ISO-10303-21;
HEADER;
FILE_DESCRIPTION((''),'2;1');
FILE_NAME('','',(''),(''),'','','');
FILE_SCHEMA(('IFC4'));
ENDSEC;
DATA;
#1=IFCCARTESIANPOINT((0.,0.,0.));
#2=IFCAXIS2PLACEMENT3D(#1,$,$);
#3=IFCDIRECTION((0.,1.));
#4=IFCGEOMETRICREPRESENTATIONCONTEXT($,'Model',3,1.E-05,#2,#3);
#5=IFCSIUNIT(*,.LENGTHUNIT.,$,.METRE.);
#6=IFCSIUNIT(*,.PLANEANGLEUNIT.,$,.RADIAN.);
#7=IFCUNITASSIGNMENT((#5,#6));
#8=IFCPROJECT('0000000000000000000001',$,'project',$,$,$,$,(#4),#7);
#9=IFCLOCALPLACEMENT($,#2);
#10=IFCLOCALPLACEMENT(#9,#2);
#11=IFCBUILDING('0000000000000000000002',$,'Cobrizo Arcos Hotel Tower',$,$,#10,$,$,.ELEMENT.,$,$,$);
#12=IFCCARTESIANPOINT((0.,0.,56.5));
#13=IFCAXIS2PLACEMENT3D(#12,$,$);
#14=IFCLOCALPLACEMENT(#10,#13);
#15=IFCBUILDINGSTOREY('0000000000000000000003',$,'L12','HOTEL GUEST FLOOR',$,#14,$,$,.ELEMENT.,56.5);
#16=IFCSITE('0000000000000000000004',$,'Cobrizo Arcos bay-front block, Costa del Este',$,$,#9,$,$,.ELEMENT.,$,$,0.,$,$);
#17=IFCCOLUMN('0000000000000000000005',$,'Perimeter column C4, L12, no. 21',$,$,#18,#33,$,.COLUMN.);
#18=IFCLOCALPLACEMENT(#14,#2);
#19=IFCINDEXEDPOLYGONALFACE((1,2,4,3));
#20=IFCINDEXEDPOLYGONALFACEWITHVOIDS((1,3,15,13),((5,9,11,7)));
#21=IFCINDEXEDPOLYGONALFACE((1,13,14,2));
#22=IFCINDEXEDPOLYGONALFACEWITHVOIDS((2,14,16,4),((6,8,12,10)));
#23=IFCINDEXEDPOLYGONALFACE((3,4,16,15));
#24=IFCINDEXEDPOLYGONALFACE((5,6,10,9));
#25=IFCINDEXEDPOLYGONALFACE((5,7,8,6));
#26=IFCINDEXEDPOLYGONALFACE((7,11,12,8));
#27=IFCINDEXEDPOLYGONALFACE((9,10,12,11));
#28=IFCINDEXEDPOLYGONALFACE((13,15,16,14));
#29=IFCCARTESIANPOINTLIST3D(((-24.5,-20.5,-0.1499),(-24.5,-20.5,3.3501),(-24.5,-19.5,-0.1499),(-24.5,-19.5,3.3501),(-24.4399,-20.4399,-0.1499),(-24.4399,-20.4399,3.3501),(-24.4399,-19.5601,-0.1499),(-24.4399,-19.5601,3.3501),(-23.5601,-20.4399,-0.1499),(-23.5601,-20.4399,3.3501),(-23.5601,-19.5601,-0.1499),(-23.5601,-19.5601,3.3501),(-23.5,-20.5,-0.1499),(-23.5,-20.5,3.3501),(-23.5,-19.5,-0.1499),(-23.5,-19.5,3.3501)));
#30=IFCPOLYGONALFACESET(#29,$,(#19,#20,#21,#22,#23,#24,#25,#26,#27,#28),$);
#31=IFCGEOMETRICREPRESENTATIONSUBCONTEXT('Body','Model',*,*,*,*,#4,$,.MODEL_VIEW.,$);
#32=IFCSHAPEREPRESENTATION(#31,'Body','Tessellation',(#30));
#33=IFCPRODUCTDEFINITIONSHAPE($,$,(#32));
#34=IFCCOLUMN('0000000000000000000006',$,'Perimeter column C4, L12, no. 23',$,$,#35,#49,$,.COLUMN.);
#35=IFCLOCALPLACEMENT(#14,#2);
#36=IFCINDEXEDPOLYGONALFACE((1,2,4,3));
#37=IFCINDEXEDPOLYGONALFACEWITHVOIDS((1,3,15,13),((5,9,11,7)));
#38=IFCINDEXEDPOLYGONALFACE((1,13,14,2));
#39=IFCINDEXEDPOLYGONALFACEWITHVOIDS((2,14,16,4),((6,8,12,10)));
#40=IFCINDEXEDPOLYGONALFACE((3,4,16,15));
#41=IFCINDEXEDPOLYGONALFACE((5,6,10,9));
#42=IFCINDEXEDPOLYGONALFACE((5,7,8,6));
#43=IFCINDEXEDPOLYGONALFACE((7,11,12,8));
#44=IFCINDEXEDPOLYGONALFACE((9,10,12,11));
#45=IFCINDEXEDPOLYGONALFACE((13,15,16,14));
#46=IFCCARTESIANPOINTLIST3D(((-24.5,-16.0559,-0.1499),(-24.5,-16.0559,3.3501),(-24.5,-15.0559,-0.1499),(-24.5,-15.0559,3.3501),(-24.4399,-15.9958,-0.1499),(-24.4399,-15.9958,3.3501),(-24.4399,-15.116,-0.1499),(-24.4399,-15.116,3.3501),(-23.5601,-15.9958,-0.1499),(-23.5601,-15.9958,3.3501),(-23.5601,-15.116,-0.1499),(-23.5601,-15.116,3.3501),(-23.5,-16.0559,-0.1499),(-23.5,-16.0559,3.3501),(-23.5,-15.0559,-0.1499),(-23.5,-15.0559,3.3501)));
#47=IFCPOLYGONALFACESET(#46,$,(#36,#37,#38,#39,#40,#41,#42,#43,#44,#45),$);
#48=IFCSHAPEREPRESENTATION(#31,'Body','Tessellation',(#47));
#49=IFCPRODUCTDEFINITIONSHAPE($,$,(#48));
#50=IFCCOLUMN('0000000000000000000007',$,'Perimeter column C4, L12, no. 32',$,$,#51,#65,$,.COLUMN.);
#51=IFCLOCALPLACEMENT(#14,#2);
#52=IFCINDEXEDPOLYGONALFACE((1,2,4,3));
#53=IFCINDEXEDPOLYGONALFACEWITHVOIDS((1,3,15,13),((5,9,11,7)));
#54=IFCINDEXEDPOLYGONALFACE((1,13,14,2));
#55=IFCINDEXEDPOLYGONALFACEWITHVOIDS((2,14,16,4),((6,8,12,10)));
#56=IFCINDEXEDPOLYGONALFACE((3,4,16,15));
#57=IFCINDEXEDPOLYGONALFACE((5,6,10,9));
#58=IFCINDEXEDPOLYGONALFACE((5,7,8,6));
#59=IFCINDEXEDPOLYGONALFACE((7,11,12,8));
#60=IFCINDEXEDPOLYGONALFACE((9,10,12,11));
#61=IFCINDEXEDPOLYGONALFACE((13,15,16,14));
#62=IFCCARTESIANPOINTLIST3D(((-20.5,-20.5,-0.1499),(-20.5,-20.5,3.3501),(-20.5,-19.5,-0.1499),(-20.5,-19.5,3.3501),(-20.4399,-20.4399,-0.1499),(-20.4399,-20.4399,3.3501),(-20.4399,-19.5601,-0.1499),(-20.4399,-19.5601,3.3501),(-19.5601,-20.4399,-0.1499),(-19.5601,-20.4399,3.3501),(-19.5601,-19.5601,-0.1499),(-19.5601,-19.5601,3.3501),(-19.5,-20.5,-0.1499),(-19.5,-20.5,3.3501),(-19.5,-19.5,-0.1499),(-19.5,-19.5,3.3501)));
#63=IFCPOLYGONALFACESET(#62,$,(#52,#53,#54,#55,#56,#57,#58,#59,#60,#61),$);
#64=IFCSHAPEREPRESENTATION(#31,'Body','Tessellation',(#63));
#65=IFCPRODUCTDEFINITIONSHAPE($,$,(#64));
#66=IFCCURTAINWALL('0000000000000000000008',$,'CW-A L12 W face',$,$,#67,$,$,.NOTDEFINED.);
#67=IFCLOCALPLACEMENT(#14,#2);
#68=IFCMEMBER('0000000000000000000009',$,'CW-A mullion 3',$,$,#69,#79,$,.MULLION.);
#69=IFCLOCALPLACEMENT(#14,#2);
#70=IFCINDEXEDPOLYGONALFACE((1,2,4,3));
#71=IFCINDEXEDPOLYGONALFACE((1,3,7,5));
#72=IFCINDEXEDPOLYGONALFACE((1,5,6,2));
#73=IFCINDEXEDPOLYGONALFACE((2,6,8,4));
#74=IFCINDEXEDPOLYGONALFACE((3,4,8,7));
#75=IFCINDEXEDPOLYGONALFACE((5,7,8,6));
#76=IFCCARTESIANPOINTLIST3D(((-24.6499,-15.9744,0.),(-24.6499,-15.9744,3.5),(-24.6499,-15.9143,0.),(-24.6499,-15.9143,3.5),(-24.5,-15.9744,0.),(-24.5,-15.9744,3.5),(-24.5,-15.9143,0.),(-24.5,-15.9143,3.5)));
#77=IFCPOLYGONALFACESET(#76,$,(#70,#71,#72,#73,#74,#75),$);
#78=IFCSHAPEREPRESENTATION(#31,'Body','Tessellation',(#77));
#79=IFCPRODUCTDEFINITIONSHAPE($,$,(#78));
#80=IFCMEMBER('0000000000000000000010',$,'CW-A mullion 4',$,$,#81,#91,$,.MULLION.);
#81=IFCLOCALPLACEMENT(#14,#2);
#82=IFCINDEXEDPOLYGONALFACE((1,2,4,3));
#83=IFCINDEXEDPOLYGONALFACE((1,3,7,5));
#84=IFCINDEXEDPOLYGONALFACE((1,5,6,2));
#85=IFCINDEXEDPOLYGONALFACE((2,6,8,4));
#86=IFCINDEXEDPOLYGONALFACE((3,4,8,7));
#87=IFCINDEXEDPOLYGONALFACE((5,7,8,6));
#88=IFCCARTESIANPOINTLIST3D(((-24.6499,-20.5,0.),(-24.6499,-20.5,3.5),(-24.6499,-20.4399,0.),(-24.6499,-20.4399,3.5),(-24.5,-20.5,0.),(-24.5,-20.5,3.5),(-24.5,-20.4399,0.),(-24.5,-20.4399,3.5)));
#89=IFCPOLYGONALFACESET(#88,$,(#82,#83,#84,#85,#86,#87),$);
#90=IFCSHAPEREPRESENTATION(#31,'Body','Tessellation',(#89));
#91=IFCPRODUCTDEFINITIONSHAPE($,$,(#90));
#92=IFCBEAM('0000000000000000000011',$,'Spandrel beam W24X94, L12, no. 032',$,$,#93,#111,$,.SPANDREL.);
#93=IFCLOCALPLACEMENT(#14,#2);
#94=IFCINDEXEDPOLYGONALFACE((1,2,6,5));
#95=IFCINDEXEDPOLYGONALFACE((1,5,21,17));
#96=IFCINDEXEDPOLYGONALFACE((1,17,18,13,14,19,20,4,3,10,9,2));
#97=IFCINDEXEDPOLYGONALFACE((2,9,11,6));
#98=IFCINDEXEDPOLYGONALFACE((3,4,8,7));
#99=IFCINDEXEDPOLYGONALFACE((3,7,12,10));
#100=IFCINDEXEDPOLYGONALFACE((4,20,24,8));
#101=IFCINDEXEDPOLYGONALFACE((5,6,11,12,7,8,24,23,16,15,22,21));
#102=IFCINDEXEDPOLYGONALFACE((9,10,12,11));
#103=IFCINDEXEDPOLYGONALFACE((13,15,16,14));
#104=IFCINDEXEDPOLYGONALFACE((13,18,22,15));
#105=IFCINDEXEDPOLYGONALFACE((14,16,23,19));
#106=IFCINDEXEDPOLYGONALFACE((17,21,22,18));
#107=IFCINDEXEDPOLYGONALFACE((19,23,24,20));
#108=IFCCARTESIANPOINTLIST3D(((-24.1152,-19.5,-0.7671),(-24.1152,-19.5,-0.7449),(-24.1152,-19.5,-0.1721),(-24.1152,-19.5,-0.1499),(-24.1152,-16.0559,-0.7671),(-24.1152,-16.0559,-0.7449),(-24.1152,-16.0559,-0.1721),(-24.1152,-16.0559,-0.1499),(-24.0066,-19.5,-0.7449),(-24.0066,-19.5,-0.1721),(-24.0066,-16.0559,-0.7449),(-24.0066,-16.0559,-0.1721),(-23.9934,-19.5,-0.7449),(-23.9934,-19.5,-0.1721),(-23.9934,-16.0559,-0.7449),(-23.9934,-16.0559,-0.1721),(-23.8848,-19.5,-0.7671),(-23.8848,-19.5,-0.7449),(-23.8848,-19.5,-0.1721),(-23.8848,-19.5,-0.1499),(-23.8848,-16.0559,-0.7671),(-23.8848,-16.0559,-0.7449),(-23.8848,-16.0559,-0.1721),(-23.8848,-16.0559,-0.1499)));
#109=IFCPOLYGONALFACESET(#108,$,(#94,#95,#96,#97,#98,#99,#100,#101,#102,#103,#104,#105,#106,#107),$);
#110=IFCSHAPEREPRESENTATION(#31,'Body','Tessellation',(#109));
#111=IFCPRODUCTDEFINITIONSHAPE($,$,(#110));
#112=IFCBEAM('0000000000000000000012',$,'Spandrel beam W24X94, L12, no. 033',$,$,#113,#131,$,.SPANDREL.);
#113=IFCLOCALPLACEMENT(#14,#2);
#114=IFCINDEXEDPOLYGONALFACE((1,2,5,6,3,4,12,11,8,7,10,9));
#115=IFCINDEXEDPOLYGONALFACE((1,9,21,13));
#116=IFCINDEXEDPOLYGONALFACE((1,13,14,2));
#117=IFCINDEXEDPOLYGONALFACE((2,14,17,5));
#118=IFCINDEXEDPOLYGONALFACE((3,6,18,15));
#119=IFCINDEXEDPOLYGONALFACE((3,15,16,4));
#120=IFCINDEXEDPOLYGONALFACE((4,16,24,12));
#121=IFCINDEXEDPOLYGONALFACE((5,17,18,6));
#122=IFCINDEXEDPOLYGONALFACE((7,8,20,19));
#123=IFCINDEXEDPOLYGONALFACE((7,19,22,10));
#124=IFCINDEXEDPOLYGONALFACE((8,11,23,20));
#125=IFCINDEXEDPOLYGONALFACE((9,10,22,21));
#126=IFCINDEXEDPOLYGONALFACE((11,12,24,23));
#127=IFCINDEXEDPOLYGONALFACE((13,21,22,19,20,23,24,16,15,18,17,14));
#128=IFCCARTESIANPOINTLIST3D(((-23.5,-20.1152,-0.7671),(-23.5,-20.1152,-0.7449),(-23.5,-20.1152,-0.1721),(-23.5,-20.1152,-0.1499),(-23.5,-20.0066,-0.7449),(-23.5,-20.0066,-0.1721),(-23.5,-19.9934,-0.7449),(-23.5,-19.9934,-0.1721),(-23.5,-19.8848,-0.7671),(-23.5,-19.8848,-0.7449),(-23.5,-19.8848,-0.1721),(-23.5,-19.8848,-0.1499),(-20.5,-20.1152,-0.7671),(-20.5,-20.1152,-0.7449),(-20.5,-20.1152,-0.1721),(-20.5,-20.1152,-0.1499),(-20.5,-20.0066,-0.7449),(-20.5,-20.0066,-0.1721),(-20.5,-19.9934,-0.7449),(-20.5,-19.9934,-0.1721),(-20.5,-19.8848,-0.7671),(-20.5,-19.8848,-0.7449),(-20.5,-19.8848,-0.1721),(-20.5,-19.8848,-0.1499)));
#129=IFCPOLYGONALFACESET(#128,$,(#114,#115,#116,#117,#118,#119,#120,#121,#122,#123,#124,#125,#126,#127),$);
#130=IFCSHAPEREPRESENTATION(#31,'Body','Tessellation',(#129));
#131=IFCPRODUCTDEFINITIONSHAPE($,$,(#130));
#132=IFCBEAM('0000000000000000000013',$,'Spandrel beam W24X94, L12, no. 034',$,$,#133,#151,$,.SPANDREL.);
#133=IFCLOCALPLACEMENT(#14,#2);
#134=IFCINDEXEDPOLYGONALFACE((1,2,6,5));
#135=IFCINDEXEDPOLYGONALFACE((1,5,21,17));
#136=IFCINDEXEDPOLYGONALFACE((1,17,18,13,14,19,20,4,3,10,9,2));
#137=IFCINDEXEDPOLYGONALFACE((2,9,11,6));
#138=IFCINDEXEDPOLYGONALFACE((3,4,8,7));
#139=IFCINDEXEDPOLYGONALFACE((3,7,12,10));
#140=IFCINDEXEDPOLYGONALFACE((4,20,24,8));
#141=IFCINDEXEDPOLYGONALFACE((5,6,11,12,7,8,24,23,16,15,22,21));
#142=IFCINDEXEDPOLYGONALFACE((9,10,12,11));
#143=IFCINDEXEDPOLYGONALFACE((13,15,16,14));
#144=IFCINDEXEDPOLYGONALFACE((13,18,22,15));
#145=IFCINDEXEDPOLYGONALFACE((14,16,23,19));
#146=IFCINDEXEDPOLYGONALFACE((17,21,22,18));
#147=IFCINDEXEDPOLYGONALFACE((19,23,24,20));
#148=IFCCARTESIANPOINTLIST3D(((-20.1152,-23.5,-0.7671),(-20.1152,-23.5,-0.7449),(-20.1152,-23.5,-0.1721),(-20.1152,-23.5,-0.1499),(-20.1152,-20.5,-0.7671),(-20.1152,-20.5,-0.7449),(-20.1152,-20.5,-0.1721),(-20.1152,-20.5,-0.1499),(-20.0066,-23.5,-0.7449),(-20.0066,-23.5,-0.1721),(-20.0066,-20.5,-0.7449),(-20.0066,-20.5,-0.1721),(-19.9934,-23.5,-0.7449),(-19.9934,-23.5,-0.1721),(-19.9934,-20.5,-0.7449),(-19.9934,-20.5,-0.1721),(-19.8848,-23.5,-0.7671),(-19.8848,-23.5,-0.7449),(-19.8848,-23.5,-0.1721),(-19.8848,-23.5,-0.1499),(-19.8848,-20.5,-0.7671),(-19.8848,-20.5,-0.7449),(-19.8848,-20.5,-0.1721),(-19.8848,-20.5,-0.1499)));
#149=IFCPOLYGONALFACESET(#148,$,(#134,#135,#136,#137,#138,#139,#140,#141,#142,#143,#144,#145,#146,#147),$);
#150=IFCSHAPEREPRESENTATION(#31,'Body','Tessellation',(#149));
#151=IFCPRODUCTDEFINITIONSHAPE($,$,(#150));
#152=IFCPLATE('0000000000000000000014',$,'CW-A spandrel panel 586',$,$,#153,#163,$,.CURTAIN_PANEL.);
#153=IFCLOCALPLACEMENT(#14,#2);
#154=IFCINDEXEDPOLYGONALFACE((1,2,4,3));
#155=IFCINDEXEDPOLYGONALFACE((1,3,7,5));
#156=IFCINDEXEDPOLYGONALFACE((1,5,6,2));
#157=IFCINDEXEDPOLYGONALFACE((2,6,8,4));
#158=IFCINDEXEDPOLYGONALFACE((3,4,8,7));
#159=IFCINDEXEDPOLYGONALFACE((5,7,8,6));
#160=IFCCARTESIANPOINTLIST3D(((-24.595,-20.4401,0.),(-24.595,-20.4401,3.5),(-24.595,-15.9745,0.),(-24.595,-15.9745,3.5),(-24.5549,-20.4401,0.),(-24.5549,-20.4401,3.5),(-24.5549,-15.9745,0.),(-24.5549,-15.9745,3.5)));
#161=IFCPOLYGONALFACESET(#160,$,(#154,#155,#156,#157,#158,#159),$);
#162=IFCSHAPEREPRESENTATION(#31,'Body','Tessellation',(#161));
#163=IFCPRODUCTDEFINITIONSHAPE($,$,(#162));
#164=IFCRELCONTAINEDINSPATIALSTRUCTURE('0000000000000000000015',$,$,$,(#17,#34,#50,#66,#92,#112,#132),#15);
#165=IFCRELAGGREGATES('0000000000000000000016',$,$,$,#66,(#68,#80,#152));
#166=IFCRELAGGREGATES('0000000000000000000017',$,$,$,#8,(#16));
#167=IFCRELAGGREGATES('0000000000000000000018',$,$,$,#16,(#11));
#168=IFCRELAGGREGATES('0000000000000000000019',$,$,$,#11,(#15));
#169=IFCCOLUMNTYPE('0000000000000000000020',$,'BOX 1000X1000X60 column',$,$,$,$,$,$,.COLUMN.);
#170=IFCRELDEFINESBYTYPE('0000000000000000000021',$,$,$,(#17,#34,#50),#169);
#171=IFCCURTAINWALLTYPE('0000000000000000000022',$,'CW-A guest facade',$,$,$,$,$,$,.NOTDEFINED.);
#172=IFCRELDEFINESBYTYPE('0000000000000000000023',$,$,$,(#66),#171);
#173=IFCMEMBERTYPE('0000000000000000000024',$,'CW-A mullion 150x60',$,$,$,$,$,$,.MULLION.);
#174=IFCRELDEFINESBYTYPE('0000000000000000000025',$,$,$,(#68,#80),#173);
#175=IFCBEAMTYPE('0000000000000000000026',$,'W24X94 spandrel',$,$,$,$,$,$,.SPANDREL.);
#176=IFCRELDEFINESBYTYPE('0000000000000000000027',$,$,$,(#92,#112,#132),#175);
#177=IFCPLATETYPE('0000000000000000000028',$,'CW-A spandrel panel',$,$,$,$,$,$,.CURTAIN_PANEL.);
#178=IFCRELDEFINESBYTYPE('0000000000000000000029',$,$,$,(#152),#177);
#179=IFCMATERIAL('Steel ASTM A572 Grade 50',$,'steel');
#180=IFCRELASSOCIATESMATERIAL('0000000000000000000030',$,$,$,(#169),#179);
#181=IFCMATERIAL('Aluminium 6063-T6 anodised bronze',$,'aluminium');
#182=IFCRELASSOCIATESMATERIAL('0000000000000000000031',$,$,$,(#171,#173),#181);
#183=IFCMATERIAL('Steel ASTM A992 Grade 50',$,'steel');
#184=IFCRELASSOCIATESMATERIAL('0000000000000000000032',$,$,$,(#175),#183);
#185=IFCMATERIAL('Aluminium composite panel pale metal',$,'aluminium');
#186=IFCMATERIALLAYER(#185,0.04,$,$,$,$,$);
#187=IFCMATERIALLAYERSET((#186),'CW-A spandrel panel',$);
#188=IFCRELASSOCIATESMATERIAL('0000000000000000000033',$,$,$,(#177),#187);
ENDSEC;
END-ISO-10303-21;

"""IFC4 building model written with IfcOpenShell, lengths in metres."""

from ifc_helpers import new_model, si_unit, direction, frame, origin, origin_2d, place, context, subcontext, project, spatial, rectangle, hollow_rectangle, i_section, extrude, material, layer, layer_set, material_profile, profile_set, type_object, element, aggregate, save


model = new_model("IFC4")

# Units and contexts
model_context = context("Model", 3, precision=1e-05, world=origin(), true_north=direction((0.0, 1.0)))
body_context = subcontext(model_context, "Body", "Model", "MODEL_VIEW")
ifc_project = project(units=[si_unit("LENGTHUNIT", "METRE"), si_unit("PLANEANGLEUNIT", "RADIAN")], contexts=[model_context])

# Site, building, storey
site_placement = place(None, origin())
site = spatial("IfcSite", under=ifc_project, at=site_placement, Name="Cobrizo Arcos bay-front block, Costa del Este", CompositionType="ELEMENT", RefElevation=0.0)
building_placement = place(site_placement, origin())
building = spatial("IfcBuilding", under=site, at=building_placement, Name="Cobrizo Arcos Hotel Tower", CompositionType="ELEMENT")
storey_placement = place(building_placement, frame((0.0, 0.0, 56.5)))
storey = spatial("IfcBuildingStorey", under=building, at=storey_placement, Name="L12", Description="HOTEL GUEST FLOOR", CompositionType="ELEMENT", Elevation=56.5)

# Columns
ifc_material_1 = material(Name="Steel ASTM A572 Grade 50", Category="steel")
ifc_material_profile_1 = material_profile(ifc_material_1, hollow_rectangle(XDim=1.0, YDim=1.0, WallThickness=0.0601, at=origin_2d()), Name="BOX 1000X1000X60")
ifc_profile_set_1 = profile_set([ifc_material_profile_1], Name="Steel ASTM A572 Grade 50")
column_type = type_object("IfcColumnType", Name="BOX 1000X1000X60 column", PredefinedType="COLUMN", material=ifc_profile_set_1)
for number, where, z_axis, x_axis, name in (
    (1, (-24.0, -20.0, -0.1499), (0.0, 0.0, 1.0), (1.0, 0.0, 0.0), "Perimeter column C4, L12, no. 21"),
    (2, (-24.0, -15.5559, -0.1499), (0.0, 0.0, 1.0), (1.0, 0.0, 0.0), "Perimeter column C4, L12, no. 23"),
    (3, (-20.0, -20.0, -0.1499), (0.0, 0.0, 1.0), (1.0, 0.0, 0.0), "Perimeter column C4, L12, no. 32"),
):
    element("IfcColumn", number, at=place(storey_placement, frame(where, z_axis=z_axis, x_axis=x_axis)), inside=storey, type_object=column_type, Name=name, PredefinedType="COLUMN", context=body_context, shape_type="SweptSolid", body=[
        extrude(hollow_rectangle(XDim=1.0, YDim=1.0, WallThickness=0.0601, at=origin_2d()), origin(), (0.0, 0.0, 1.0), 3.5),
    ])

# Curtain wall, members
ifc_material_2 = material(Name="Aluminium 6063-T6 anodised bronze", Category="aluminium")
curtain_wall_type = type_object("IfcCurtainWallType", Name="CW-A guest facade", PredefinedType="NOTDEFINED", material=ifc_material_2)
curtain_wall_placement = place(storey_placement, origin())
curtain_wall = element("IfcCurtainWall", 4, at=curtain_wall_placement, inside=storey, type_object=curtain_wall_type, Name="CW-A L12 W face", PredefinedType="NOTDEFINED")
ifc_material_profile_2 = material_profile(ifc_material_2, rectangle(XDim=0.1499, YDim=0.0601, at=origin_2d()), Name="CW-A mullion 150x60")
ifc_profile_set_2 = profile_set([ifc_material_profile_2], Name="Aluminium 6063-T6 anodised bronze")
member_type = type_object("IfcMemberType", Name="CW-A mullion 150x60", PredefinedType="MULLION", material=ifc_profile_set_2)
member_1_placement = place(storey_placement, frame((-24.575, -15.9443, 0.0), z_axis=(0.0, 0.0, 1.0), x_axis=(-1.0, 0.0, 0.0)))
member_1 = element("IfcMember", 5, at=member_1_placement, type_object=member_type, Name="CW-A mullion 3", PredefinedType="MULLION", context=body_context, shape_type="SweptSolid", body=[
    extrude(rectangle(XDim=0.1499, YDim=0.0601, at=origin_2d()), origin(), (0.0, 0.0, 1.0), 3.5),
])
member_2_placement = place(storey_placement, frame((-24.575, -20.47, 0.0), z_axis=(0.0, 0.0, 1.0), x_axis=(-1.0, 0.0, 0.0)))
member_2 = element("IfcMember", 6, at=member_2_placement, type_object=member_type, Name="CW-A mullion 4", PredefinedType="MULLION", context=body_context, shape_type="SweptSolid", body=[
    extrude(rectangle(XDim=0.1499, YDim=0.0601, at=origin_2d()), origin(), (0.0, 0.0, 1.0), 3.5),
])

# Beams
ifc_material_3 = material(Name="Steel ASTM A992 Grade 50", Category="steel")
ifc_material_profile_3 = material_profile(ifc_material_3, i_section(OverallWidth=0.2305, OverallDepth=0.6172, WebThickness=0.0132, FlangeThickness=0.0222, at=origin_2d()), Name="W24X94")
ifc_profile_set_3 = profile_set([ifc_material_profile_3], Name="Steel ASTM A992 Grade 50")
beam_type = type_object("IfcBeamType", Name="W24X94 spandrel", PredefinedType="SPANDREL", material=ifc_profile_set_3)
beam_placement = place(storey_placement, frame((-24.0, -16.0559, -0.4585), z_axis=(0.0, -1.0, 0.0), x_axis=(1.0, 0.0, 0.0)))
element("IfcBeam", 7, at=beam_placement, inside=storey, type_object=beam_type, Name="Spandrel beam W24X94, L12, no. 032", PredefinedType="SPANDREL", context=body_context, shape_type="SweptSolid", body=[
    extrude(i_section(OverallWidth=0.2305, OverallDepth=0.6172, WebThickness=0.0132, FlangeThickness=0.0222, at=origin_2d()), origin(), (0.0, 0.0, 1.0), 3.4441),
])
for number, where, z_axis, x_axis, name in (
    (8, (-23.5, -20.0, -0.4585), (1.0, 0.0, 0.0), (0.0, 1.0, 0.0), "Spandrel beam W24X94, L12, no. 033"),
    (9, (-20.0, -20.5, -0.4585), (0.0, -1.0, 0.0), (1.0, 0.0, 0.0), "Spandrel beam W24X94, L12, no. 034"),
):
    element("IfcBeam", number, at=place(storey_placement, frame(where, z_axis=z_axis, x_axis=x_axis)), inside=storey, type_object=beam_type, Name=name, PredefinedType="SPANDREL", context=body_context, shape_type="SweptSolid", body=[
        extrude(i_section(OverallWidth=0.2305, OverallDepth=0.6172, WebThickness=0.0132, FlangeThickness=0.0222, at=origin_2d()), origin(), (0.0, 0.0, 1.0), 3.0),
    ])

# Plate
ifc_material_4 = material(Name="Aluminium composite panel pale metal", Category="aluminium")
ifc_layer_1 = layer(ifc_material_4, 0.04)
ifc_layer_set_1 = layer_set([ifc_layer_1], Name="CW-A spandrel panel")
plate_type = type_object("IfcPlateType", Name="CW-A spandrel panel", PredefinedType="CURTAIN_PANEL", material=ifc_layer_set_1)
plate_placement = place(storey_placement, frame((-24.575, -18.2073, 0.0), z_axis=(0.0, 0.0, 1.0), x_axis=(0.0, -1.0, 0.0)))
plate = element("IfcPlate", 10, at=plate_placement, type_object=plate_type, Name="CW-A spandrel panel 586", PredefinedType="CURTAIN_PANEL", context=body_context, shape_type="SweptSolid", body=[
    extrude(rectangle(XDim=4.4656, YDim=0.04, at=origin_2d()), origin(), (0.0, 0.0, 1.0), 3.5),
])
aggregate(curtain_wall, [member_1, member_2, plate])

save(model, "model.ifc")
